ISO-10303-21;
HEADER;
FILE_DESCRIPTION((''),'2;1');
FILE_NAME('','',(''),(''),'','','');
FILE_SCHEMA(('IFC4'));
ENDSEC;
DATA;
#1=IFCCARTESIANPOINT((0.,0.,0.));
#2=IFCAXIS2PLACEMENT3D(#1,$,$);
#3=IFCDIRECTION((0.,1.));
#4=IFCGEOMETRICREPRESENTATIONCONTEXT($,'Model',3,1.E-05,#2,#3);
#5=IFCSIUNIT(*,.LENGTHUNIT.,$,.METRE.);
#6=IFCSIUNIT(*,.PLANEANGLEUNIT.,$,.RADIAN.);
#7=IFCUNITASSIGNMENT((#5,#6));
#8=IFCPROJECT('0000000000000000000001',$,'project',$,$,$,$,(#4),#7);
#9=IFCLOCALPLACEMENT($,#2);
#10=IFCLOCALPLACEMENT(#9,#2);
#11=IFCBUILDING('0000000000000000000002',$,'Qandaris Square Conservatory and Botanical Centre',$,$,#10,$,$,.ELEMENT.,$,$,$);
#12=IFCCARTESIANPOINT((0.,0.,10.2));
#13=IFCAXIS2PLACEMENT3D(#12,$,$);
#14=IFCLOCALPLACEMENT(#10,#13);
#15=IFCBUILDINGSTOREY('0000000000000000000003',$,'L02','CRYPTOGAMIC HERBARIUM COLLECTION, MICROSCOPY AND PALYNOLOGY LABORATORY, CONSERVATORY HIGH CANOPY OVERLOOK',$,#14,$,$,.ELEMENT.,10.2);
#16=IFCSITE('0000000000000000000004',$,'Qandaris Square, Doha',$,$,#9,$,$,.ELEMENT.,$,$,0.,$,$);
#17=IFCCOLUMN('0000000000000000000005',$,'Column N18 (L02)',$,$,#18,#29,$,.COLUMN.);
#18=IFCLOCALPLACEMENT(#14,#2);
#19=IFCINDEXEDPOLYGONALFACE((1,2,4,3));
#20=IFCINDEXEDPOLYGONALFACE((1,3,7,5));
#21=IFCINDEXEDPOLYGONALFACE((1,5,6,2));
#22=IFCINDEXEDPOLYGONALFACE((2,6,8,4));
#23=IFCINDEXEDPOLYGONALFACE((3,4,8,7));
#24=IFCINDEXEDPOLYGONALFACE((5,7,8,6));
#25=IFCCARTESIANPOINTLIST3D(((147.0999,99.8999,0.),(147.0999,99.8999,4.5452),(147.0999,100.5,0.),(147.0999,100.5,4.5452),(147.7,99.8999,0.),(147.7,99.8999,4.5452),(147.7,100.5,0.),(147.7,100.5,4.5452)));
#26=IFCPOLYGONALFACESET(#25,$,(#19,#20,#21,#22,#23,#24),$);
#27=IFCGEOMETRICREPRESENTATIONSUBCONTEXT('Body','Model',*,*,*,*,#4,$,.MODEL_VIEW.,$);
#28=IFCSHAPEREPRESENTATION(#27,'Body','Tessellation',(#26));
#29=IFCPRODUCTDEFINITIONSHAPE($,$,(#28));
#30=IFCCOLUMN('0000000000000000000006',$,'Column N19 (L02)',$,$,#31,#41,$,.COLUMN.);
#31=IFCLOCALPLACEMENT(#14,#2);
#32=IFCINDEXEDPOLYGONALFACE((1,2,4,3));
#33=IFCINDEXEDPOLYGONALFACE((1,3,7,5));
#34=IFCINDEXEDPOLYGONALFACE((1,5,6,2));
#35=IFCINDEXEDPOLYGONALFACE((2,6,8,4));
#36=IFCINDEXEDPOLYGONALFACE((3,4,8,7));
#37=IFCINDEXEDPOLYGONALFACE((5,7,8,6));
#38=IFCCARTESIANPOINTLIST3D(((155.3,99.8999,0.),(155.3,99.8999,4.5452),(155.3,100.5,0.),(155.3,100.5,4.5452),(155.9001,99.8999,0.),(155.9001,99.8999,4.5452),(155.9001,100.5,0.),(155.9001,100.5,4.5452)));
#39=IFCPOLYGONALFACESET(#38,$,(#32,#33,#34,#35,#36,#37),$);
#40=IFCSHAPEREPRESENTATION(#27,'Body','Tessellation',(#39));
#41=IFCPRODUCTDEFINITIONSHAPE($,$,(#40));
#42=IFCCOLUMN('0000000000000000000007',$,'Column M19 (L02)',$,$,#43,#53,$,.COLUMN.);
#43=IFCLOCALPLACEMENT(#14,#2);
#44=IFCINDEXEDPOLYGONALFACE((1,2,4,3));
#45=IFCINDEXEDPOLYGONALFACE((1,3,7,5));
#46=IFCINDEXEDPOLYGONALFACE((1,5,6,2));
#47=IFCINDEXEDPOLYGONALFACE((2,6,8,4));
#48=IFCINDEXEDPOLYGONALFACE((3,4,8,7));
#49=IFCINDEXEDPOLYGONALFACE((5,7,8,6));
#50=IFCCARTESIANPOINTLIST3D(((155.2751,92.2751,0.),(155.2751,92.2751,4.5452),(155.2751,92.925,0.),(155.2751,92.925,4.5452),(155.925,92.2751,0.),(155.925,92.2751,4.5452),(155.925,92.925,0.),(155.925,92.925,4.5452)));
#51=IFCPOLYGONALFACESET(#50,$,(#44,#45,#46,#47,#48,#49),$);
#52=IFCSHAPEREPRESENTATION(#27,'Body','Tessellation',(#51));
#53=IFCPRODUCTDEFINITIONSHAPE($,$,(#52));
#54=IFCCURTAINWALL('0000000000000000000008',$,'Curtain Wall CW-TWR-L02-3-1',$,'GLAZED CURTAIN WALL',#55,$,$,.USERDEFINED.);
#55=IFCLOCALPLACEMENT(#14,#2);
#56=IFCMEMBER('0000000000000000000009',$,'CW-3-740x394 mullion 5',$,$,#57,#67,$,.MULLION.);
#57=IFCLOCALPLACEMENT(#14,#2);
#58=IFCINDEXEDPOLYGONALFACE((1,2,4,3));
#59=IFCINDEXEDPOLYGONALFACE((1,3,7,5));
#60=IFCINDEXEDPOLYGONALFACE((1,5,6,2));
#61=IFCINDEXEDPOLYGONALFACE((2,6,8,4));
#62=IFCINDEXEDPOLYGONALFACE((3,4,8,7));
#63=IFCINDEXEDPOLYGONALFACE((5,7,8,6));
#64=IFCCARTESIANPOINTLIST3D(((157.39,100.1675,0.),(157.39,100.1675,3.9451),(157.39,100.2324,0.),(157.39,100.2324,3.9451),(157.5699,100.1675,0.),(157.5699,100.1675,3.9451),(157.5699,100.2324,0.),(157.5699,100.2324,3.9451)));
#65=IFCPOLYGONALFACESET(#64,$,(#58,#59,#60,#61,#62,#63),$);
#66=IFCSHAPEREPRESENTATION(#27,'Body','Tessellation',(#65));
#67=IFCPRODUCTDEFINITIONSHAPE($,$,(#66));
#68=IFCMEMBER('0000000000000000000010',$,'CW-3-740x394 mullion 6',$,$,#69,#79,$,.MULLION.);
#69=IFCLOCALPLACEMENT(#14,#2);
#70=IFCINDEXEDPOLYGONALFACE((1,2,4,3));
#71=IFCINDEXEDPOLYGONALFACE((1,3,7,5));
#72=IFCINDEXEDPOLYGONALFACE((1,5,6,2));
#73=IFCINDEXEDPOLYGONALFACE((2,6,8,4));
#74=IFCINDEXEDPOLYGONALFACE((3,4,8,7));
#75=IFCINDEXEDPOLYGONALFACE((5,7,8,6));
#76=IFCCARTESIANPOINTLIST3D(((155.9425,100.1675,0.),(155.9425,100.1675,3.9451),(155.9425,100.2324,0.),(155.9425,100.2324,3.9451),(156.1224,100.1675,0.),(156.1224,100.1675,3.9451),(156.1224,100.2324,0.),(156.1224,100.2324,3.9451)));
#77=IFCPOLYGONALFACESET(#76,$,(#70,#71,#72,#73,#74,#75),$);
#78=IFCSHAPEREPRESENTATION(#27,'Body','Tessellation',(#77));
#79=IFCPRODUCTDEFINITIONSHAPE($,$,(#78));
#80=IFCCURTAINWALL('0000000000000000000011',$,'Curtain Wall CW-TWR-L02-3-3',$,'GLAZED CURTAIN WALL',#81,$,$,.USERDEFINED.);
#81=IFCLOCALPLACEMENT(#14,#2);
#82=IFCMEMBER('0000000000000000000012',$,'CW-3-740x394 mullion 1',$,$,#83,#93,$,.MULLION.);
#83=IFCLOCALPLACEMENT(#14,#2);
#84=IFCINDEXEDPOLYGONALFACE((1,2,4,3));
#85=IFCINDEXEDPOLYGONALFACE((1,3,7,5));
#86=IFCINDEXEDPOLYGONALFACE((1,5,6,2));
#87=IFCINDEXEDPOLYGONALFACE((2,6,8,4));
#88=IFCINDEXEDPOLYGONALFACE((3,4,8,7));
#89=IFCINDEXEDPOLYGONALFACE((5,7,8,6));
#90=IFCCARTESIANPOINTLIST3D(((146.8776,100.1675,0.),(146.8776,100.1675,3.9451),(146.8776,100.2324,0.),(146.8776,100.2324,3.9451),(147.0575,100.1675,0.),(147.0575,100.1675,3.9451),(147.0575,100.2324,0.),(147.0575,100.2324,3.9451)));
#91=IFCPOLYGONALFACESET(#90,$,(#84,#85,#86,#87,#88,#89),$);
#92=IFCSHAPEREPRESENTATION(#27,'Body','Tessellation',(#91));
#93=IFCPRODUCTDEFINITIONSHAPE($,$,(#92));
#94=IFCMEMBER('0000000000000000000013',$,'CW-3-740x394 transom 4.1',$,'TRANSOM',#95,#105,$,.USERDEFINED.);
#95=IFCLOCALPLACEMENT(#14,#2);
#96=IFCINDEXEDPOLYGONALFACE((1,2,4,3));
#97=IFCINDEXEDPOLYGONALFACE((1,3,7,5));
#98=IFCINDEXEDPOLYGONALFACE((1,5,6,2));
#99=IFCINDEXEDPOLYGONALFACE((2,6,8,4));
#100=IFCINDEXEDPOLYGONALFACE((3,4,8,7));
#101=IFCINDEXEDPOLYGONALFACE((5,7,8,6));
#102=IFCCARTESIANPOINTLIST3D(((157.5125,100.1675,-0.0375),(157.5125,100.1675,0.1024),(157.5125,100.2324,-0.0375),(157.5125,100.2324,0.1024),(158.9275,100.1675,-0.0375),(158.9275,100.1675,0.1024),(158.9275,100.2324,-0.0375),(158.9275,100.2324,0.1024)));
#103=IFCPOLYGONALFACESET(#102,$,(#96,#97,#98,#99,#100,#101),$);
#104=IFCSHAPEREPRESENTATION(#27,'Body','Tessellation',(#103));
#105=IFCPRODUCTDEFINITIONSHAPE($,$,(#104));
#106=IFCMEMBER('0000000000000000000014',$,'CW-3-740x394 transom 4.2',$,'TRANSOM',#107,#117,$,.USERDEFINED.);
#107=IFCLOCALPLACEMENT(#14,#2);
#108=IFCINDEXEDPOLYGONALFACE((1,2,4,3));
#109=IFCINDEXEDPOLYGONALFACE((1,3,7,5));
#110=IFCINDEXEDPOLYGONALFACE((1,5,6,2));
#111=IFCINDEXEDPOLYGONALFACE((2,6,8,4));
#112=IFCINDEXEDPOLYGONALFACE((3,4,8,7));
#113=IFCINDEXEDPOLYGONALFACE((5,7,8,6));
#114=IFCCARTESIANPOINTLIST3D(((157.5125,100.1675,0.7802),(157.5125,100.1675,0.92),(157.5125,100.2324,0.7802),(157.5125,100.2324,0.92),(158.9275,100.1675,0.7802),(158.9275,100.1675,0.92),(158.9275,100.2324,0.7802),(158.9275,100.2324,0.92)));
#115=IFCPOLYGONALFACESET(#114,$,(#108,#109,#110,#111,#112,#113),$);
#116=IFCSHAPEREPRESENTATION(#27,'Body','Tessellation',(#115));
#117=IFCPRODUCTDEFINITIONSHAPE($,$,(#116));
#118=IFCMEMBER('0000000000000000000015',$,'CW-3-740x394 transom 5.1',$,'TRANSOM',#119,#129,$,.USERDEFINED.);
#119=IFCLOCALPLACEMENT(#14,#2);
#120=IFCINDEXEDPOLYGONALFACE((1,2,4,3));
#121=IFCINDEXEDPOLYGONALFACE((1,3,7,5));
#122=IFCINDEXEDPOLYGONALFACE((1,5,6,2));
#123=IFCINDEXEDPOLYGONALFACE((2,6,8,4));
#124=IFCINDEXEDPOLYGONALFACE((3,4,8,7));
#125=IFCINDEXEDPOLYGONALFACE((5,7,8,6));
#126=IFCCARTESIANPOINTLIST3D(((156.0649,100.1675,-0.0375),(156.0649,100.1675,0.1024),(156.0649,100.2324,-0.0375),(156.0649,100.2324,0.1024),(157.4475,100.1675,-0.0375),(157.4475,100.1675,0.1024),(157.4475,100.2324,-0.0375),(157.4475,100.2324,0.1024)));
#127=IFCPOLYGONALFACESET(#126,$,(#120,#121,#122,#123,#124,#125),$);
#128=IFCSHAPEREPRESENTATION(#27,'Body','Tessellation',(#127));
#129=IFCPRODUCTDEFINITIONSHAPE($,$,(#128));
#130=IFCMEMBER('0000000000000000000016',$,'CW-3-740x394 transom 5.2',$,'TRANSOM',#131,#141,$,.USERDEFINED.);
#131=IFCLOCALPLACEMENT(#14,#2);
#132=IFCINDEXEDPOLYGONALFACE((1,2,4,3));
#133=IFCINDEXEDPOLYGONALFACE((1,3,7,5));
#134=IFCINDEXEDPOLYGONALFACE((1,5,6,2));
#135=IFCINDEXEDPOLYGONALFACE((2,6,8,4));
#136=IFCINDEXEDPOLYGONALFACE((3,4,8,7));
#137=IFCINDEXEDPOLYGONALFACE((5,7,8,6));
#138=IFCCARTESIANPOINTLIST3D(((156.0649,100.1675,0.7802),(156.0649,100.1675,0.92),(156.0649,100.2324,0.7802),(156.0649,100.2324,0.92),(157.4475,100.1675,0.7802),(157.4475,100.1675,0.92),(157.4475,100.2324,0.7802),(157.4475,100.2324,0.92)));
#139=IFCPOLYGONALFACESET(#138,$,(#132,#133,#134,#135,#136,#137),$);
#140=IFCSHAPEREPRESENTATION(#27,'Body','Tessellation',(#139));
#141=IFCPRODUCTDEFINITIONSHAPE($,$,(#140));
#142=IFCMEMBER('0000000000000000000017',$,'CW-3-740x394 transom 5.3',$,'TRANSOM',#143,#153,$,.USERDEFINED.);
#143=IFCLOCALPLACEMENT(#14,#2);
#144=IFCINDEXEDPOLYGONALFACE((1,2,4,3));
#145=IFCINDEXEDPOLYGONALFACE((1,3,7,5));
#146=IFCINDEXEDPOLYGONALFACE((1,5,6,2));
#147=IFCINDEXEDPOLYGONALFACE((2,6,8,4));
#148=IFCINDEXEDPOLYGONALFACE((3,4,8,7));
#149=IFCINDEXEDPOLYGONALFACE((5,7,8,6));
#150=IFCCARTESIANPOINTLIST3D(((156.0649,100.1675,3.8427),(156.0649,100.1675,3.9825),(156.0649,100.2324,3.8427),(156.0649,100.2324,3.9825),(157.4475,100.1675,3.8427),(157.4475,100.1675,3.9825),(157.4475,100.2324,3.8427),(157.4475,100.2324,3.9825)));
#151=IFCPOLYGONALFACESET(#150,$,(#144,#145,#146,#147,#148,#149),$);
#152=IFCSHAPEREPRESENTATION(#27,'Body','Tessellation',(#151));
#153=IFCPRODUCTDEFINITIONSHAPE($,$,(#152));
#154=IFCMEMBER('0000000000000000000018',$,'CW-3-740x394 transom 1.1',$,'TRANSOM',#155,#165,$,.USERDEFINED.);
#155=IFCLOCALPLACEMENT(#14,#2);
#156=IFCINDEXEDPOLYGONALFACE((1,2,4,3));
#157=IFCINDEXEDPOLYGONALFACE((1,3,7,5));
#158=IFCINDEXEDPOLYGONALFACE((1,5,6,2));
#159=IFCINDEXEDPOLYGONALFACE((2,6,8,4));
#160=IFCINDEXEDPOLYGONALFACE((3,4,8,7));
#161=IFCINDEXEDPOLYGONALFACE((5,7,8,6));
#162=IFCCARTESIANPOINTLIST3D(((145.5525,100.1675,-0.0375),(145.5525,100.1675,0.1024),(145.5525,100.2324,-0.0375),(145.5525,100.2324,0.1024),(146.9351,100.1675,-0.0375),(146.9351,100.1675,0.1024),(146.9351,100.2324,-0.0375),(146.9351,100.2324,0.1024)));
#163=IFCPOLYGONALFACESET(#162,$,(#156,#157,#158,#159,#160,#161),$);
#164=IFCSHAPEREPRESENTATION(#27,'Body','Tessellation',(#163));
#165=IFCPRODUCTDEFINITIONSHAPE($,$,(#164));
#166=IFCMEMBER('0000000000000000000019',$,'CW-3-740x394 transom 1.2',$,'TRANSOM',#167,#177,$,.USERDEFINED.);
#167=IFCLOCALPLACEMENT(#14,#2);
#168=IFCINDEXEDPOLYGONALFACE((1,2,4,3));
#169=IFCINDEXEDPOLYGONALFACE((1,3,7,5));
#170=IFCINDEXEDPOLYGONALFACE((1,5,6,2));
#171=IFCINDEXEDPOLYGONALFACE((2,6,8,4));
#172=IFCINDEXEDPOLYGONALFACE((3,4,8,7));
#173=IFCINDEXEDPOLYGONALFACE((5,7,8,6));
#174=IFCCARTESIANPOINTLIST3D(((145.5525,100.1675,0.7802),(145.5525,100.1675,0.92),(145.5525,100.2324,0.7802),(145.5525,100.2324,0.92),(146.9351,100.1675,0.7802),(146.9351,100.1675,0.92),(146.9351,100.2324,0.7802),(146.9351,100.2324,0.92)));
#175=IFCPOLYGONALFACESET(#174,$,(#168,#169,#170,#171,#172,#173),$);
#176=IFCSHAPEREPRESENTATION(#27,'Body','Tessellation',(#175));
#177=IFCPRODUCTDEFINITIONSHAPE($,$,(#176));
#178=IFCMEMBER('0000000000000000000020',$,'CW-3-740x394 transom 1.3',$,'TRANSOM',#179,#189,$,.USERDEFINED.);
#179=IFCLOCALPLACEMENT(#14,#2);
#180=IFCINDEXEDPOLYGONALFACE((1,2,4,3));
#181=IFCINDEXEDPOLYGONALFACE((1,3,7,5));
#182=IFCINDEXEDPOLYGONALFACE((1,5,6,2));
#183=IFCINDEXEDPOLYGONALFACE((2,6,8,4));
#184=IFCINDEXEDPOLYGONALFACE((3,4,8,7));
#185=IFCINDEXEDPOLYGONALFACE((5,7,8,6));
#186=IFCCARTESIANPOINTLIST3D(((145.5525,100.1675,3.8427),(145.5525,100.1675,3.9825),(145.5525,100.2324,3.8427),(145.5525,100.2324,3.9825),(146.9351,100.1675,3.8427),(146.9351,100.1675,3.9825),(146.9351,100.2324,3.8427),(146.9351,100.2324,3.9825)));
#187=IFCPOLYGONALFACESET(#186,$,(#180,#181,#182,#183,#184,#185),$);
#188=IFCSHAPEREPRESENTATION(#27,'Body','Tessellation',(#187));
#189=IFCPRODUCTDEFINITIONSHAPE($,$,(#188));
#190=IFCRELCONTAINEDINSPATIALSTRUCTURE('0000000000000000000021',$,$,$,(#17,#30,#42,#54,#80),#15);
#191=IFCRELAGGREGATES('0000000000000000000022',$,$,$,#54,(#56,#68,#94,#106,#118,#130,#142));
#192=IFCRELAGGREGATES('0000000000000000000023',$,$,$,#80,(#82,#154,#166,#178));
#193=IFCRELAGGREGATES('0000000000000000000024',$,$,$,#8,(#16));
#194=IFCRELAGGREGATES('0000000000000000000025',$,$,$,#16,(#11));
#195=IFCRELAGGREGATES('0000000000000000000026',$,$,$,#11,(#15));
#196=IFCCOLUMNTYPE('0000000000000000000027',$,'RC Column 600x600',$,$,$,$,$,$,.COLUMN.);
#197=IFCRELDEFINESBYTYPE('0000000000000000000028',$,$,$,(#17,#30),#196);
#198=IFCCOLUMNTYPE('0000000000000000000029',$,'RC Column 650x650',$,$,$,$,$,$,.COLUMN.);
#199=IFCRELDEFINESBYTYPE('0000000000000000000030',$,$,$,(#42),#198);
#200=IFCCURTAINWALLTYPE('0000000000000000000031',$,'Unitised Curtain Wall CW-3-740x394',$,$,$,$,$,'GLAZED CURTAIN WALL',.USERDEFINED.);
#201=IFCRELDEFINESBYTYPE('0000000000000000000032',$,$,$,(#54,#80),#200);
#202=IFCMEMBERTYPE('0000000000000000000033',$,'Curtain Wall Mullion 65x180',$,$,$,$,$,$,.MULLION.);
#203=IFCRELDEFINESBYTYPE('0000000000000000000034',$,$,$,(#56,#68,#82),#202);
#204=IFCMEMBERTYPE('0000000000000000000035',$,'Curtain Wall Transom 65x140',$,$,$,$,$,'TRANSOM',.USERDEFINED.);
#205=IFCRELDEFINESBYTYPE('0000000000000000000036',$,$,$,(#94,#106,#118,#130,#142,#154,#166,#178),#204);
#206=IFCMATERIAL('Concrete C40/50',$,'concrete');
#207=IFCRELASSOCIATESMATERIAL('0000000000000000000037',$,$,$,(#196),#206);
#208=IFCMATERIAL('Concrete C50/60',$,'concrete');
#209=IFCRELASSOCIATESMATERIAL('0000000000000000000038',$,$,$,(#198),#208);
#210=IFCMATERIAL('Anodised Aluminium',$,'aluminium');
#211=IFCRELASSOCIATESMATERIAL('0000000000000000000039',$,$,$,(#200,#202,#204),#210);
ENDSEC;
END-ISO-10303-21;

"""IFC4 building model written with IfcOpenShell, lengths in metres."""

from ifc_helpers import new_model, si_unit, direction, frame, origin, origin_2d, place, context, subcontext, project, spatial, rectangle, extrude, material, material_profile, profile_set, type_object, element, aggregate, save


model = new_model("IFC4")

# Units and contexts
model_context = context("Model", 3, precision=1e-05, world=origin(), true_north=direction((0.0, 1.0)))
body_context = subcontext(model_context, "Body", "Model", "MODEL_VIEW")
ifc_project = project(units=[si_unit("LENGTHUNIT", "METRE"), si_unit("PLANEANGLEUNIT", "RADIAN")], contexts=[model_context])

# Site, building, storey
site_placement = place(None, origin())
site = spatial("IfcSite", under=ifc_project, at=site_placement, Name="Qandaris Square, Doha", CompositionType="ELEMENT", RefElevation=0.0)
building_placement = place(site_placement, origin())
building = spatial("IfcBuilding", under=site, at=building_placement, Name="Qandaris Square Conservatory and Botanical Centre", CompositionType="ELEMENT")
storey_placement = place(building_placement, frame((0.0, 0.0, 10.2)))
storey = spatial("IfcBuildingStorey", under=building, at=storey_placement, Name="L02", Description="CRYPTOGAMIC HERBARIUM COLLECTION, MICROSCOPY AND PALYNOLOGY LABORATORY, CONSERVATORY HIGH CANOPY OVERLOOK", CompositionType="ELEMENT", Elevation=10.2)

# Columns
ifc_material_1 = material(Name="Concrete C40/50", Category="concrete")
ifc_material_profile_1 = material_profile(ifc_material_1, rectangle(XDim=0.6001, YDim=0.6001, at=origin_2d()), Name="RC-COL 600x600")
ifc_profile_set_1 = profile_set([ifc_material_profile_1], Name="Concrete C40/50")
column_type_1 = type_object("IfcColumnType", Name="RC Column 600x600", PredefinedType="COLUMN", material=ifc_profile_set_1)
for number, where, z_axis, x_axis, name in (
    (1, (147.3999, 100.2, 0.0), (0.0, 0.0, 1.0), (1.0, 0.0, 0.0), "Column N18 (L02)"),
    (2, (155.6001, 100.2, 0.0), (0.0, 0.0, 1.0), (1.0, 0.0, 0.0), "Column N19 (L02)"),
):
    element("IfcColumn", number, at=place(storey_placement, frame(where, z_axis=z_axis, x_axis=x_axis)), inside=storey, type_object=column_type_1, Name=name, PredefinedType="COLUMN", context=body_context, shape_type="SweptSolid", body=[
        extrude(rectangle(XDim=0.6001, YDim=0.6001, at=origin_2d()), origin(), (0.0, 0.0, 1.0), 4.5452),
    ])
ifc_material_2 = material(Name="Concrete C50/60", Category="concrete")
ifc_material_profile_2 = material_profile(ifc_material_2, rectangle(XDim=0.6499, YDim=0.6499, at=origin_2d()), Name="RC-COL 650x650")
ifc_profile_set_2 = profile_set([ifc_material_profile_2], Name="Concrete C50/60")
column_type_2 = type_object("IfcColumnType", Name="RC Column 650x650", PredefinedType="COLUMN", material=ifc_profile_set_2)
column_placement = place(storey_placement, frame((155.6001, 92.6001, 0.0), z_axis=(0.0, 0.0, 1.0), x_axis=(1.0, 0.0, 0.0)))
element("IfcColumn", 3, at=column_placement, inside=storey, type_object=column_type_2, Name="Column M19 (L02)", PredefinedType="COLUMN", context=body_context, shape_type="SweptSolid", body=[
    extrude(rectangle(XDim=0.6499, YDim=0.6499, at=origin_2d()), origin(), (0.0, 0.0, 1.0), 4.5452),
])

# Curtain wall, members
ifc_material_3 = material(Name="Anodised Aluminium", Category="aluminium")
curtain_wall_type = type_object("IfcCurtainWallType", Name="Unitised Curtain Wall CW-3-740x394", ElementType="GLAZED CURTAIN WALL", PredefinedType="USERDEFINED", material=ifc_material_3)
curtain_wall_1_placement = place(storey_placement, origin())
curtain_wall_1 = element("IfcCurtainWall", 4, at=curtain_wall_1_placement, inside=storey, type_object=curtain_wall_type, Name="Curtain Wall CW-TWR-L02-3-1", ObjectType="GLAZED CURTAIN WALL", PredefinedType="USERDEFINED")
ifc_material_profile_3 = material_profile(ifc_material_3, rectangle(XDim=0.0649, YDim=0.1799, at=origin_2d()), Name="ALU-MUL 65x180")
ifc_profile_set_3 = profile_set([ifc_material_profile_3], Name="Anodised Aluminium")
member_type_1 = type_object("IfcMemberType", Name="Curtain Wall Mullion 65x180", PredefinedType="MULLION", material=ifc_profile_set_3)
member_1_placement = place(storey_placement, frame((157.48, 100.2, 0.0), z_axis=(0.0, 0.0, 1.0), x_axis=(0.0, -1.0, 0.0)))
member_1 = element("IfcMember", 5, at=member_1_placement, type_object=member_type_1, Name="CW-3-740x394 mullion 5", PredefinedType="MULLION", context=body_context, shape_type="SweptSolid", body=[
    extrude(rectangle(XDim=0.0649, YDim=0.1799, at=origin_2d()), origin(), (0.0, 0.0, 1.0), 3.9451),
])
member_2_placement = place(storey_placement, frame((156.0325, 100.2, 0.0), z_axis=(0.0, 0.0, 1.0), x_axis=(0.0, -1.0, 0.0)))
member_2 = element("IfcMember", 6, at=member_2_placement, type_object=member_type_1, Name="CW-3-740x394 mullion 6", PredefinedType="MULLION", context=body_context, shape_type="SweptSolid", body=[
    extrude(rectangle(XDim=0.0649, YDim=0.1799, at=origin_2d()), origin(), (0.0, 0.0, 1.0), 3.9451),
])

# Curtain wall, member
curtain_wall_2_placement = place(storey_placement, origin())
curtain_wall_2 = element("IfcCurtainWall", 7, at=curtain_wall_2_placement, inside=storey, type_object=curtain_wall_type, Name="Curtain Wall CW-TWR-L02-3-3", ObjectType="GLAZED CURTAIN WALL", PredefinedType="USERDEFINED")
member_3_placement = place(storey_placement, frame((146.9675, 100.2, 0.0), z_axis=(0.0, 0.0, 1.0), x_axis=(0.0, -1.0, 0.0)))
member_3 = element("IfcMember", 8, at=member_3_placement, type_object=member_type_1, Name="CW-3-740x394 mullion 1", PredefinedType="MULLION", context=body_context, shape_type="SweptSolid", body=[
    extrude(rectangle(XDim=0.0649, YDim=0.1799, at=origin_2d()), origin(), (0.0, 0.0, 1.0), 3.9451),
])

# Members
ifc_material_profile_4 = material_profile(ifc_material_3, rectangle(XDim=0.0649, YDim=0.1399, at=origin_2d()), Name="ALU-TRN 65x140")
ifc_profile_set_4 = profile_set([ifc_material_profile_4], Name="Anodised Aluminium")
member_type_2 = type_object("IfcMemberType", Name="Curtain Wall Transom 65x140", ElementType="TRANSOM", PredefinedType="USERDEFINED", material=ifc_profile_set_4)
member_4_placement = place(storey_placement, frame((158.9275, 100.2, 0.0325), z_axis=(-1.0, 0.0, 0.0), x_axis=(0.0, -1.0, 0.0)))
member_4 = element("IfcMember", 9, at=member_4_placement, type_object=member_type_2, Name="CW-3-740x394 transom 4.1", ObjectType="TRANSOM", PredefinedType="USERDEFINED", context=body_context, shape_type="SweptSolid", body=[
    extrude(rectangle(XDim=0.0649, YDim=0.1399, at=origin_2d()), origin(), (0.0, 0.0, 1.0), 1.415),
])
member_5_placement = place(storey_placement, frame((158.9275, 100.2, 0.8501), z_axis=(-1.0, 0.0, 0.0), x_axis=(0.0, -1.0, 0.0)))
member_5 = element("IfcMember", 10, at=member_5_placement, type_object=member_type_2, Name="CW-3-740x394 transom 4.2", ObjectType="TRANSOM", PredefinedType="USERDEFINED", context=body_context, shape_type="SweptSolid", body=[
    extrude(rectangle(XDim=0.0649, YDim=0.1399, at=origin_2d()), origin(), (0.0, 0.0, 1.0), 1.415),
])
member_6_placement = place(storey_placement, frame((157.4475, 100.2, 0.0325), z_axis=(-1.0, 0.0, 0.0), x_axis=(0.0, -1.0, 0.0)))
member_6 = element("IfcMember", 11, at=member_6_placement, type_object=member_type_2, Name="CW-3-740x394 transom 5.1", ObjectType="TRANSOM", PredefinedType="USERDEFINED", context=body_context, shape_type="SweptSolid", body=[
    extrude(rectangle(XDim=0.0649, YDim=0.1399, at=origin_2d()), origin(), (0.0, 0.0, 1.0), 1.3826),
])
member_7_placement = place(storey_placement, frame((157.4475, 100.2, 0.8501), z_axis=(-1.0, 0.0, 0.0), x_axis=(0.0, -1.0, 0.0)))
member_7 = element("IfcMember", 12, at=member_7_placement, type_object=member_type_2, Name="CW-3-740x394 transom 5.2", ObjectType="TRANSOM", PredefinedType="USERDEFINED", context=body_context, shape_type="SweptSolid", body=[
    extrude(rectangle(XDim=0.0649, YDim=0.1399, at=origin_2d()), origin(), (0.0, 0.0, 1.0), 1.3826),
])
member_8_placement = place(storey_placement, frame((157.4475, 100.2, 3.9126), z_axis=(-1.0, 0.0, 0.0), x_axis=(0.0, -1.0, 0.0)))
member_8 = element("IfcMember", 13, at=member_8_placement, type_object=member_type_2, Name="CW-3-740x394 transom 5.3", ObjectType="TRANSOM", PredefinedType="USERDEFINED", context=body_context, shape_type="SweptSolid", body=[
    extrude(rectangle(XDim=0.0649, YDim=0.1399, at=origin_2d()), origin(), (0.0, 0.0, 1.0), 1.3826),
])
member_9_placement = place(storey_placement, frame((146.9351, 100.2, 0.0325), z_axis=(-1.0, 0.0, 0.0), x_axis=(0.0, -1.0, 0.0)))
member_9 = element("IfcMember", 14, at=member_9_placement, type_object=member_type_2, Name="CW-3-740x394 transom 1.1", ObjectType="TRANSOM", PredefinedType="USERDEFINED", context=body_context, shape_type="SweptSolid", body=[
    extrude(rectangle(XDim=0.0649, YDim=0.1399, at=origin_2d()), origin(), (0.0, 0.0, 1.0), 1.3826),
])
member_10_placement = place(storey_placement, frame((146.9351, 100.2, 0.8501), z_axis=(-1.0, 0.0, 0.0), x_axis=(0.0, -1.0, 0.0)))
member_10 = element("IfcMember", 15, at=member_10_placement, type_object=member_type_2, Name="CW-3-740x394 transom 1.2", ObjectType="TRANSOM", PredefinedType="USERDEFINED", context=body_context, shape_type="SweptSolid", body=[
    extrude(rectangle(XDim=0.0649, YDim=0.1399, at=origin_2d()), origin(), (0.0, 0.0, 1.0), 1.3826),
])
member_11_placement = place(storey_placement, frame((146.9351, 100.2, 3.9126), z_axis=(-1.0, 0.0, 0.0), x_axis=(0.0, -1.0, 0.0)))
member_11 = element("IfcMember", 16, at=member_11_placement, type_object=member_type_2, Name="CW-3-740x394 transom 1.3", ObjectType="TRANSOM", PredefinedType="USERDEFINED", context=body_context, shape_type="SweptSolid", body=[
    extrude(rectangle(XDim=0.0649, YDim=0.1399, at=origin_2d()), origin(), (0.0, 0.0, 1.0), 1.3826),
])

aggregate(curtain_wall_1, [member_1, member_2, member_4, member_5, member_6, member_7, member_8])
aggregate(curtain_wall_2, [member_3, member_9, member_10, member_11])

save(model, "model.ifc")
